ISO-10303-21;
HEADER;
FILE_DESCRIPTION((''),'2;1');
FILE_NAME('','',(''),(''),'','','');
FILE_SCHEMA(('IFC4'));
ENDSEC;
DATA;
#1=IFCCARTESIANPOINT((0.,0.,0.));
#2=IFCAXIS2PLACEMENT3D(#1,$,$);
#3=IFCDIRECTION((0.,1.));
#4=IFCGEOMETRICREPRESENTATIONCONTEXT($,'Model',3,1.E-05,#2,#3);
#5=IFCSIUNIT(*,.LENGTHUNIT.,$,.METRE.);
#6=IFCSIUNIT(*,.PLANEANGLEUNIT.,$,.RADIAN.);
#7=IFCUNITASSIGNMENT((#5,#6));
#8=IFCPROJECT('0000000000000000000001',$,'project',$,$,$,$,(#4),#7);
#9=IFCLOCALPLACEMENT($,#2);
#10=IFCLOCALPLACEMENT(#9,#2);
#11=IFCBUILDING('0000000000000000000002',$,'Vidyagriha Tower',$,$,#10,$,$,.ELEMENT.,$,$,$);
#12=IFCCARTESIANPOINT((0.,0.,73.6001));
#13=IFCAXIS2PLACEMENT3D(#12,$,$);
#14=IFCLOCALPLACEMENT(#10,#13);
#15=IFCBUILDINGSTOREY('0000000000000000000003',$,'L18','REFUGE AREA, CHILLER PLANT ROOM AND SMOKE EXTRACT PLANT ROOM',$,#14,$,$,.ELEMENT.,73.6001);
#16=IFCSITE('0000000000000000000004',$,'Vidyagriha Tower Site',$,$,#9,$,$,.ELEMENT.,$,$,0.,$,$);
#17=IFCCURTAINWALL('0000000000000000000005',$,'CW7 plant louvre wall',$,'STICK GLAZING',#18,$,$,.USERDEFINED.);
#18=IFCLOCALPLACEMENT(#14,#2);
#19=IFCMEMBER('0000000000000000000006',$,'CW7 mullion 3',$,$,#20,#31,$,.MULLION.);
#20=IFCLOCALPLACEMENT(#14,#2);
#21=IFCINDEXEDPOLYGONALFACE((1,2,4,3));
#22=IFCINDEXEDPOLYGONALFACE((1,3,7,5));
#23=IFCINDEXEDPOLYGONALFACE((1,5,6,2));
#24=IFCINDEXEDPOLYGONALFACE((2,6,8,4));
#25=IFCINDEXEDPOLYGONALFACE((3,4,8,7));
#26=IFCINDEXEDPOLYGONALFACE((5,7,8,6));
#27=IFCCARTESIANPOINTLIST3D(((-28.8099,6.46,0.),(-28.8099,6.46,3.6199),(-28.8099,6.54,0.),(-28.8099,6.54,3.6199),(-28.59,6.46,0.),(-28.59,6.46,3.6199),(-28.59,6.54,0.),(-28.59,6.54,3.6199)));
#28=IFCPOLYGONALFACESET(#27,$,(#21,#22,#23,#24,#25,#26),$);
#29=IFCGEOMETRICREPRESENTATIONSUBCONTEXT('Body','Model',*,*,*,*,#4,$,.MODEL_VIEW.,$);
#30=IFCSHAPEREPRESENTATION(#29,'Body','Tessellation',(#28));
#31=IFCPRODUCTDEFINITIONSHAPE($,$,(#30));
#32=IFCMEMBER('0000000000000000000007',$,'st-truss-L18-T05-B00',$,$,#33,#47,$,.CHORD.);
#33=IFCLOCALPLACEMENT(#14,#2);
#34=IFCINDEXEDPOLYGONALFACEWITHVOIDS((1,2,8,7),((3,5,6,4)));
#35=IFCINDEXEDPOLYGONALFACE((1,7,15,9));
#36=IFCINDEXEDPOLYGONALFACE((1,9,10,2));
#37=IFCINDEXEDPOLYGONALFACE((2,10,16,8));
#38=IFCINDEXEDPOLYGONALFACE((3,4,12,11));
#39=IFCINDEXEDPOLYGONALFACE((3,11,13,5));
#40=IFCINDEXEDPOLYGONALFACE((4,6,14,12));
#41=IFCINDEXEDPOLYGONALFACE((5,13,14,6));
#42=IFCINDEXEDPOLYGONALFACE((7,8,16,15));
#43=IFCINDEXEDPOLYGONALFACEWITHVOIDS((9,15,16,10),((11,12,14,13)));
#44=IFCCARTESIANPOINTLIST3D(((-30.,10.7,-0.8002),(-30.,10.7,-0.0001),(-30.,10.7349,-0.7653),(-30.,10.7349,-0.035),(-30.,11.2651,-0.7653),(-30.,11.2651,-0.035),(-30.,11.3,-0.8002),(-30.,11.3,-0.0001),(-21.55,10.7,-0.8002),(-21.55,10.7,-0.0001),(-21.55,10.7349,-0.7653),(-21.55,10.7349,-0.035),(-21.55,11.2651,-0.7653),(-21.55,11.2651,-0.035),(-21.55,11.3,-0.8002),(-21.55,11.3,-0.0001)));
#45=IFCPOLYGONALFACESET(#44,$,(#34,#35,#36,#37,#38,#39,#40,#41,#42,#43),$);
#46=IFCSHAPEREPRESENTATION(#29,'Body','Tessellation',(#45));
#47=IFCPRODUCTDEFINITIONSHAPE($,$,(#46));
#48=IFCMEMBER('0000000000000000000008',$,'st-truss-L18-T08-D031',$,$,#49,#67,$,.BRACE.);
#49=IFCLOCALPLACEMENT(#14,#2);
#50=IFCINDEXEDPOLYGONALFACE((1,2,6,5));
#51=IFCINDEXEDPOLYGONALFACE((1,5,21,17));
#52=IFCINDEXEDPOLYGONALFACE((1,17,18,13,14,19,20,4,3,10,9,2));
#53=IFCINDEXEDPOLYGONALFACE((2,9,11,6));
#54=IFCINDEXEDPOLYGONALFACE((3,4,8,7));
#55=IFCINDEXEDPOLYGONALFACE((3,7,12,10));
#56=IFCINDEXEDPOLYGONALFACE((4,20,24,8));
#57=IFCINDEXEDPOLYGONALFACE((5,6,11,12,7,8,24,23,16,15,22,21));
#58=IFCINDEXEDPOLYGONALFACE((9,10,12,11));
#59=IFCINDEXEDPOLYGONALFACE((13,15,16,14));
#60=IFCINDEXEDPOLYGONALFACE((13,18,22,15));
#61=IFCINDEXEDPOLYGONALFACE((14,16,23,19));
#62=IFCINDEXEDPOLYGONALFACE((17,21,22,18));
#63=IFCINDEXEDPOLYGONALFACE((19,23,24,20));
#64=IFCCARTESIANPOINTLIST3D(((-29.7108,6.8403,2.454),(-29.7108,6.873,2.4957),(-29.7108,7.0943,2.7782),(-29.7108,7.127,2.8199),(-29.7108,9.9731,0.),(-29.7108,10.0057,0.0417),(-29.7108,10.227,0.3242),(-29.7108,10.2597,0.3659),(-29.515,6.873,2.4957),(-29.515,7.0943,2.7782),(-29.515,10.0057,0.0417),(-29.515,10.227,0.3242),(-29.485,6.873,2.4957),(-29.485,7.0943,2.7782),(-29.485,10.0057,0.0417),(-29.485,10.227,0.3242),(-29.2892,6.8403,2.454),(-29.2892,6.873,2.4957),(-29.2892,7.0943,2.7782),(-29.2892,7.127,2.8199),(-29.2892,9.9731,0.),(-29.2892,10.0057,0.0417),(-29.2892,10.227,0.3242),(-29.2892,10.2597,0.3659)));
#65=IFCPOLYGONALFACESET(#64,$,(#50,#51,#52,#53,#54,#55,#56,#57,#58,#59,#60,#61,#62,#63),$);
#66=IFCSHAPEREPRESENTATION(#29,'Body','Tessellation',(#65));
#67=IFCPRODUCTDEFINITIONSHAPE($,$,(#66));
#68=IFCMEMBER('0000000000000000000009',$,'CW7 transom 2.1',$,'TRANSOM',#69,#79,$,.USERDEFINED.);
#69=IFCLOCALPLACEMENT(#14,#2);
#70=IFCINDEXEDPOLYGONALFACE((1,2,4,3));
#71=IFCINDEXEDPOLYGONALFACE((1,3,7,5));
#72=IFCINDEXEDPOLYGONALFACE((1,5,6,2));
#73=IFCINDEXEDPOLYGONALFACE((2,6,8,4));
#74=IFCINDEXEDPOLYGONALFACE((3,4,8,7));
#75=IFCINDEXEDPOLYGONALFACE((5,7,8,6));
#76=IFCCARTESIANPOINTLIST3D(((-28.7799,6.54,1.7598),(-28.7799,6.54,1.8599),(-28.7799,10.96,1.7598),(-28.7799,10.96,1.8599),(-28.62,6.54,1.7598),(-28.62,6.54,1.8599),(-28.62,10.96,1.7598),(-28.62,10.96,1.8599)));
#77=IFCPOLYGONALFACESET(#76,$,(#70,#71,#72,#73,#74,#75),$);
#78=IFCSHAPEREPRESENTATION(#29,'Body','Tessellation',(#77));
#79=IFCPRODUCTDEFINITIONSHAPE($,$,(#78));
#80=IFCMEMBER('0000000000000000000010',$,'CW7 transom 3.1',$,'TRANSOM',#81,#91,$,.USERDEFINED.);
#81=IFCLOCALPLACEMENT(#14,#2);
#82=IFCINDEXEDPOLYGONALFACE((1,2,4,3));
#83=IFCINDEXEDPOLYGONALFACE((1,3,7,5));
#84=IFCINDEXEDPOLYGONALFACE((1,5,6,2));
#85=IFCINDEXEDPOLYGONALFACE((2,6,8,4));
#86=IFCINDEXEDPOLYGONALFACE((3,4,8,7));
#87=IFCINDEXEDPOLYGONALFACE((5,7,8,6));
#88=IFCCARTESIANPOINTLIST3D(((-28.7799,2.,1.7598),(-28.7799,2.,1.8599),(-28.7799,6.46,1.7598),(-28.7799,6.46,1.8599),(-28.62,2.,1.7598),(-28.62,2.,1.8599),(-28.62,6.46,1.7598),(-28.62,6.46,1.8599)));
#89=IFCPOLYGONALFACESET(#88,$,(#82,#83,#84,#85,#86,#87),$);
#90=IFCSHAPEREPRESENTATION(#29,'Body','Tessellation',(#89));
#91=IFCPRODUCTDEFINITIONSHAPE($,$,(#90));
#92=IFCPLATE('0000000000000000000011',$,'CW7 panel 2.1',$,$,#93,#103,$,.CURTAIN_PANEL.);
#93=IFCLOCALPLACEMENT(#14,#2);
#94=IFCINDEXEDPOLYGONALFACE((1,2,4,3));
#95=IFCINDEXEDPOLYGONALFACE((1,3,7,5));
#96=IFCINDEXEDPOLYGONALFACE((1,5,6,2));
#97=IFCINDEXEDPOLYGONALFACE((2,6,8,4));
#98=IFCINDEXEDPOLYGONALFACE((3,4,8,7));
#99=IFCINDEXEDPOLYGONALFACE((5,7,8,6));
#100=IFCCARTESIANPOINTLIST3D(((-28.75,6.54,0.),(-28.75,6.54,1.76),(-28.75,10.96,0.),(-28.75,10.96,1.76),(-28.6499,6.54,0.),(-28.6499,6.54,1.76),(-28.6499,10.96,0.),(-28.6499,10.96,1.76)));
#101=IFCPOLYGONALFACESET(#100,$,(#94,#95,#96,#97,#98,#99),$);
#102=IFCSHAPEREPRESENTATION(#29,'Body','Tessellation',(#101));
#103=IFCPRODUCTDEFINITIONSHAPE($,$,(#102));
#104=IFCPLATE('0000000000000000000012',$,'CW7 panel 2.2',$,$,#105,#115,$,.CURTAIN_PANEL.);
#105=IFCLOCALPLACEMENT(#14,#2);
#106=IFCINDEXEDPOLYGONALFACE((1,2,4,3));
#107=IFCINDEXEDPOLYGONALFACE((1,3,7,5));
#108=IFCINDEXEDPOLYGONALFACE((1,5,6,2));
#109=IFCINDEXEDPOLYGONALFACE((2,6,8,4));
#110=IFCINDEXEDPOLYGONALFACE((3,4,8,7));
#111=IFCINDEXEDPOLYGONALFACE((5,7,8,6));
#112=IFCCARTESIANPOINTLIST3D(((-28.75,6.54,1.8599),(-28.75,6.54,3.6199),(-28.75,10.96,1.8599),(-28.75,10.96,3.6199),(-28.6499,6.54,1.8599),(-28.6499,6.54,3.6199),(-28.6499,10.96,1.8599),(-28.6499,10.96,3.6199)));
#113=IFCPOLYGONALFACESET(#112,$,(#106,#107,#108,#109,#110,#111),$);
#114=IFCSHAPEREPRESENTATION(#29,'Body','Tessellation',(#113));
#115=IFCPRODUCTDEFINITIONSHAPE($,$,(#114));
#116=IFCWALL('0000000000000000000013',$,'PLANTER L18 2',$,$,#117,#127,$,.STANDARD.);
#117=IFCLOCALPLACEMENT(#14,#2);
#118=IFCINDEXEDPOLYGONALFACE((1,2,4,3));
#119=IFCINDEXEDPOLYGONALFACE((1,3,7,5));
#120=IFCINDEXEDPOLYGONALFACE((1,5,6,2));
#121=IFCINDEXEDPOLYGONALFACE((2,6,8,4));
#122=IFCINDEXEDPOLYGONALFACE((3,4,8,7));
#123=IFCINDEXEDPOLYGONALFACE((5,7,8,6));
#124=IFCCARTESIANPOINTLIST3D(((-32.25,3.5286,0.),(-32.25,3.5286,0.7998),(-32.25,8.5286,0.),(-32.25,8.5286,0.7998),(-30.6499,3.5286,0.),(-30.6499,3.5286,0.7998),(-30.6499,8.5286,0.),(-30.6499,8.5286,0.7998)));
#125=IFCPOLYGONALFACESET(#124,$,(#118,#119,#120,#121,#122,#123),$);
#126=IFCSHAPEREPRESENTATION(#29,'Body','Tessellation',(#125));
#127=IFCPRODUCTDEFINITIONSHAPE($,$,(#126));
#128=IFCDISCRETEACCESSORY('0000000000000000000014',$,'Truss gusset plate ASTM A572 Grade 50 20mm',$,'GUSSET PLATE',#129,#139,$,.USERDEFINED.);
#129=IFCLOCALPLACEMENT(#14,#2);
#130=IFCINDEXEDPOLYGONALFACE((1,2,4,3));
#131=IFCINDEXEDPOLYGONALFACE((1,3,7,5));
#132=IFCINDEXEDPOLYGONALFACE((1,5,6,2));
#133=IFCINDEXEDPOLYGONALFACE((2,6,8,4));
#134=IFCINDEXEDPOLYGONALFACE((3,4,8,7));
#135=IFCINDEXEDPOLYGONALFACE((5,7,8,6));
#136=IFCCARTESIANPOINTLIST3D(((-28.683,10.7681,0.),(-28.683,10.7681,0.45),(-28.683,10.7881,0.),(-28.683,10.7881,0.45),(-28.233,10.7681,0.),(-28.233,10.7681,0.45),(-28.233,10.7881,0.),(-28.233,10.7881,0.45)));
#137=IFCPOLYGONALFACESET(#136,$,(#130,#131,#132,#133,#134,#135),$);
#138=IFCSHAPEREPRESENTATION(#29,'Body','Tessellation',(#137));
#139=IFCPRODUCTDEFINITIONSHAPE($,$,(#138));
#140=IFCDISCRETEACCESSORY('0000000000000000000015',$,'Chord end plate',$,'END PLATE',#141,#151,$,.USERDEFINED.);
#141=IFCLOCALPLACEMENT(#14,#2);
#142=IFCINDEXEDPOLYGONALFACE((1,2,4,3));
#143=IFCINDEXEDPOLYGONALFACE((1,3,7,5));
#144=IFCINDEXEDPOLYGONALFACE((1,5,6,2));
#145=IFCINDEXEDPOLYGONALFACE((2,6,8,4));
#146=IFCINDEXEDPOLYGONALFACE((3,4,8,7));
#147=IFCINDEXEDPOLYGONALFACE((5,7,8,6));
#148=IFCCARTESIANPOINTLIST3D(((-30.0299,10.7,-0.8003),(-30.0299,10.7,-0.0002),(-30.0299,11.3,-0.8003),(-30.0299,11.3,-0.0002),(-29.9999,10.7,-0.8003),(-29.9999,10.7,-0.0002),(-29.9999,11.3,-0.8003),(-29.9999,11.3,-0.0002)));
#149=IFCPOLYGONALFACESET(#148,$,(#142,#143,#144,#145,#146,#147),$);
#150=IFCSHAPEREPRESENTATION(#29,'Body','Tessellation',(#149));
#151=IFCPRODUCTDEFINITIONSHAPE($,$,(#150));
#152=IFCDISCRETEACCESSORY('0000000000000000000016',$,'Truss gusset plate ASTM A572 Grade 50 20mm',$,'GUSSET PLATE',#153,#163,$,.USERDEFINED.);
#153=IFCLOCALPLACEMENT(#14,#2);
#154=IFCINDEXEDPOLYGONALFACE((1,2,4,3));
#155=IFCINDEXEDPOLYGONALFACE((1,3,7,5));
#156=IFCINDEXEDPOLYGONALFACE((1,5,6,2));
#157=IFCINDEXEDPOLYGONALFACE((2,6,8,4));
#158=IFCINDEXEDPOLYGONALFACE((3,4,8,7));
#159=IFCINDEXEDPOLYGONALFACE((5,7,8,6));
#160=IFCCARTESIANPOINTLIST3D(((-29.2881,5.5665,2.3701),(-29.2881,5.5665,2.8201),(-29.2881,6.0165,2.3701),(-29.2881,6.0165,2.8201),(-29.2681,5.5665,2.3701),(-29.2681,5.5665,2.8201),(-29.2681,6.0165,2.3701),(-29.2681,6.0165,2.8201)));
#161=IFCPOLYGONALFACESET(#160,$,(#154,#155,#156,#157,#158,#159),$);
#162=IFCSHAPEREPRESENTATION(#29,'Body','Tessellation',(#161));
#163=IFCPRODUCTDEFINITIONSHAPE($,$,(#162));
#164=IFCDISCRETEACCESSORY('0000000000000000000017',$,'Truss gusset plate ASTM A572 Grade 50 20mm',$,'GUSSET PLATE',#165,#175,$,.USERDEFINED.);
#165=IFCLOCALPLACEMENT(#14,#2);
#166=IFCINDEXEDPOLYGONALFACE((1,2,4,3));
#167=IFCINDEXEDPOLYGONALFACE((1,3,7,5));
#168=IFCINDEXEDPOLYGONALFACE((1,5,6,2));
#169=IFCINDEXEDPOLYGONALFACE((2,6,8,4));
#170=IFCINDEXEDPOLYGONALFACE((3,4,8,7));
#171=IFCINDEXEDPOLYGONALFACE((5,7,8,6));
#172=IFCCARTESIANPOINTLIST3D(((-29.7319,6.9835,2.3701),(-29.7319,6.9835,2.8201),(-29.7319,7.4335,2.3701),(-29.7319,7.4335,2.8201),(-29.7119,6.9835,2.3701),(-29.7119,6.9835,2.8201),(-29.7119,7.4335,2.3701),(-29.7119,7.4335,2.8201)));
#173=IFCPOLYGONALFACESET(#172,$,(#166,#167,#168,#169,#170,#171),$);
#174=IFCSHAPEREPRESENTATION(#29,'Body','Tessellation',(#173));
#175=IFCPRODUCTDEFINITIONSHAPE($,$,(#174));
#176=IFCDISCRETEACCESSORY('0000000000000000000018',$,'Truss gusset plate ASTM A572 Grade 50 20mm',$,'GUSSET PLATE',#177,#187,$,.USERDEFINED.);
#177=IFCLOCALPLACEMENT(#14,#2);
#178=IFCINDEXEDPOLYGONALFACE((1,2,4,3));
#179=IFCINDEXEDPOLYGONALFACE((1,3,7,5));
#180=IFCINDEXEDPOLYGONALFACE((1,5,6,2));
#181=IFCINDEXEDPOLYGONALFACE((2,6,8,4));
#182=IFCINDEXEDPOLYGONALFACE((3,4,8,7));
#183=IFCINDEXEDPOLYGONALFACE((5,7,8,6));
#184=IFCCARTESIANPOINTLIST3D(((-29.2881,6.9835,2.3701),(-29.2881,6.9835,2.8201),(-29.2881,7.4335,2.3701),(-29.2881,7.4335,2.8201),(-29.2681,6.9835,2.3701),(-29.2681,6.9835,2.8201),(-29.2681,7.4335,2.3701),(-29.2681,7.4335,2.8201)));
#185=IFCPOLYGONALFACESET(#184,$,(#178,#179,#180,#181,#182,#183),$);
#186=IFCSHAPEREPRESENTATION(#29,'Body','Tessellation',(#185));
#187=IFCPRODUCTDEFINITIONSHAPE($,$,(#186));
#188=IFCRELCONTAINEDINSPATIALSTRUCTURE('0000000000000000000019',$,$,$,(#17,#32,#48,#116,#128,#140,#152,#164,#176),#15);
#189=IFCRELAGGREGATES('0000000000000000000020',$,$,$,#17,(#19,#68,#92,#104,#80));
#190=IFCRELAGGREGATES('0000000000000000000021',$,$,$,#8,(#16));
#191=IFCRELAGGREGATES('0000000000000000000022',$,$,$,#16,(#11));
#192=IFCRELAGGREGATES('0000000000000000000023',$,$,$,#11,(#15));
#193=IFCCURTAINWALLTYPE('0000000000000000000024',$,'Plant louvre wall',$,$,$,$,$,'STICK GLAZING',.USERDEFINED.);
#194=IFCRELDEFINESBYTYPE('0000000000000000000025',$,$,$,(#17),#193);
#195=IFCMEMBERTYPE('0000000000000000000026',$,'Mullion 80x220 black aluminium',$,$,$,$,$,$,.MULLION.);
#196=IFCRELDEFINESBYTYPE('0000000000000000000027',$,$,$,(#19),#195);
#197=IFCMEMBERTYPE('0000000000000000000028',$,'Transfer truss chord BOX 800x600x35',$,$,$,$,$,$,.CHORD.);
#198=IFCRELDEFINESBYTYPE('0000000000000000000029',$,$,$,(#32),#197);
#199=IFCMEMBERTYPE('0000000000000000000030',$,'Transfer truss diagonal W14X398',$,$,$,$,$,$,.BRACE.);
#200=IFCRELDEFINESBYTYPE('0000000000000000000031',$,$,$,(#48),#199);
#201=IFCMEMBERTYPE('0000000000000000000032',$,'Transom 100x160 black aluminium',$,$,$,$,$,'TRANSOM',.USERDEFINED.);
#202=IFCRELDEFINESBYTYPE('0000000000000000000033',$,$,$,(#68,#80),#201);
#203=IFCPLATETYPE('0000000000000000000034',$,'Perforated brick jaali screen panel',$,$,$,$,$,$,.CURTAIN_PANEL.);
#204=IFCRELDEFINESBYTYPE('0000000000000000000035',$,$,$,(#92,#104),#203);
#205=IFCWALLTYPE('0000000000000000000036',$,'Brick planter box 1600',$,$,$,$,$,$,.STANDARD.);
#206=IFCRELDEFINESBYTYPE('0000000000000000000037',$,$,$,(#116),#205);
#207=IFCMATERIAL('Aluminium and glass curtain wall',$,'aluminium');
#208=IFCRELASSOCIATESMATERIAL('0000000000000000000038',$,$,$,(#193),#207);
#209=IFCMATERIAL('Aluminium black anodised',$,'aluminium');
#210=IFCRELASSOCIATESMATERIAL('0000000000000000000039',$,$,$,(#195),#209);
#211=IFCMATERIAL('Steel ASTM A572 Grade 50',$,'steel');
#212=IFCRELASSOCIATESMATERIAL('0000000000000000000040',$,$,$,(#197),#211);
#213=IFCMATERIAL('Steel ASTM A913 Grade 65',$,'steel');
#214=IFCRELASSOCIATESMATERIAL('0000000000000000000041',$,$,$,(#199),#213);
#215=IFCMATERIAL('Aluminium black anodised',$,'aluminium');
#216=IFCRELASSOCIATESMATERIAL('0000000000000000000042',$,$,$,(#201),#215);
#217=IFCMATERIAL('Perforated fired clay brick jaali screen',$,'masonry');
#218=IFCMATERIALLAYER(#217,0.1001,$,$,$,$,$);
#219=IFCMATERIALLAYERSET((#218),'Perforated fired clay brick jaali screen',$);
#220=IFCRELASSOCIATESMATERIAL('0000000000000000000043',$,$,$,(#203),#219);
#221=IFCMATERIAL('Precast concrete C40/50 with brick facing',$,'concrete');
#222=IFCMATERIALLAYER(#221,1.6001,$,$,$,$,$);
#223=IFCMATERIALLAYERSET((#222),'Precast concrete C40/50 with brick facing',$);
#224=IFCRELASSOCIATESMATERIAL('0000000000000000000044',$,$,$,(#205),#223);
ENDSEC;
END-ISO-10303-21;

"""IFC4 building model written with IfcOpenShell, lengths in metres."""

from ifc_helpers import new_model, si_unit, direction, frame, frame_2d, origin, origin_2d, place, context, subcontext, project, spatial, rectangle, hollow_rectangle, i_section, extrude, material, layer, layer_set, material_profile, profile_set, type_object, element, aggregate, save


model = new_model("IFC4")

# Units and contexts
model_context = context("Model", 3, precision=1e-05, world=origin(), true_north=direction((0.0, 1.0)))
body_context = subcontext(model_context, "Body", "Model", "MODEL_VIEW")
ifc_project = project(units=[si_unit("LENGTHUNIT", "METRE"), si_unit("PLANEANGLEUNIT", "RADIAN")], contexts=[model_context])

# Site, building, storey
site_placement = place(None, origin())
site = spatial("IfcSite", under=ifc_project, at=site_placement, Name="Vidyagriha Tower Site", CompositionType="ELEMENT", RefElevation=0.0)
building_placement = place(site_placement, origin())
building = spatial("IfcBuilding", under=site, at=building_placement, Name="Vidyagriha Tower", CompositionType="ELEMENT")
storey_placement = place(building_placement, frame((0.0, 0.0, 73.6001)))
storey = spatial("IfcBuildingStorey", under=building, at=storey_placement, Name="L18", Description="REFUGE AREA, CHILLER PLANT ROOM AND SMOKE EXTRACT PLANT ROOM", CompositionType="ELEMENT", Elevation=73.6001)

# Curtain wall, member
ifc_material_1 = material(Name="Aluminium and glass curtain wall", Category="aluminium")
curtain_wall_type = type_object("IfcCurtainWallType", Name="Plant louvre wall", ElementType="STICK GLAZING", PredefinedType="USERDEFINED", material=ifc_material_1)
curtain_wall_placement = place(storey_placement, origin())
curtain_wall = element("IfcCurtainWall", 1, at=curtain_wall_placement, inside=storey, type_object=curtain_wall_type, Name="CW7 plant louvre wall", ObjectType="STICK GLAZING", PredefinedType="USERDEFINED")
ifc_material_2 = material(Name="Aluminium black anodised", Category="aluminium")
ifc_material_profile_1 = material_profile(ifc_material_2, rectangle(XDim=0.22, YDim=0.0801, at=origin_2d()), Name="Mullion 80x220 black aluminium")
ifc_profile_set_1 = profile_set([ifc_material_profile_1], Name="Aluminium black anodised")
member_type_1 = type_object("IfcMemberType", Name="Mullion 80x220 black aluminium", PredefinedType="MULLION", material=ifc_profile_set_1)
member_1_placement = place(storey_placement, frame((-28.7, 6.5, 0.0)))
member_1 = element("IfcMember", 2, at=member_1_placement, type_object=member_type_1, Name="CW7 mullion 3", PredefinedType="MULLION", context=body_context, shape_type="SweptSolid", body=[
    extrude(rectangle(XDim=0.22, YDim=0.0801, at=origin_2d()), origin(), (0.0, 0.0, 1.0), 3.6199),
])

# Members
ifc_material_3 = material(Name="Steel ASTM A572 Grade 50", Category="steel")
ifc_material_profile_2 = material_profile(ifc_material_3, hollow_rectangle(XDim=0.6001, YDim=0.8, WallThickness=0.0349, at=origin_2d()), Name="BOX 800x600x35")
ifc_profile_set_2 = profile_set([ifc_material_profile_2], Name="Steel ASTM A572 Grade 50")
member_type_2 = type_object("IfcMemberType", Name="Transfer truss chord BOX 800x600x35", PredefinedType="CHORD", material=ifc_profile_set_2)
member_2_placement = place(storey_placement, frame((-30.0, 11.0, -0.4001), z_axis=(1.0, 0.0, 0.0), x_axis=(0.0, 1.0, 0.0)))
element("IfcMember", 3, at=member_2_placement, inside=storey, type_object=member_type_2, Name="st-truss-L18-T05-B00", PredefinedType="CHORD", context=body_context, shape_type="SweptSolid", body=[
    extrude(hollow_rectangle(XDim=0.6001, YDim=0.8, WallThickness=0.0349, at=origin_2d()), origin(), (0.0, 0.0, 1.0), 8.45),
])
ifc_material_4 = material(Name="Steel ASTM A913 Grade 65", Category="steel")
ifc_material_profile_3 = material_profile(ifc_material_4, i_section(OverallWidth=0.4216, OverallDepth=0.4648, WebThickness=0.03, FlangeThickness=0.053, at=origin_2d()), Name="W14X398")
ifc_profile_set_3 = profile_set([ifc_material_profile_3], Name="Steel ASTM A913 Grade 65")
member_type_3 = type_object("IfcMemberType", Name="Transfer truss diagonal W14X398", PredefinedType="BRACE", material=ifc_profile_set_3)
member_3_placement = place(storey_placement, frame((-29.5, 6.9836, 2.637), z_axis=(0.0, 0.78722, -0.616672), x_axis=(-1.0, 0.0, 0.0)))
element("IfcMember", 4, at=member_3_placement, inside=storey, type_object=member_type_3, Name="st-truss-L18-T08-D031", PredefinedType="BRACE", context=body_context, shape_type="SweptSolid", body=[
    extrude(i_section(OverallWidth=0.4216, OverallDepth=0.4648, WebThickness=0.03, FlangeThickness=0.053, at=origin_2d()), origin(), (0.0, 0.0, 1.0), 3.9795),
])

# Members
ifc_material_5 = material(Name="Aluminium black anodised", Category="aluminium")
ifc_material_profile_4 = material_profile(ifc_material_5, rectangle(XDim=0.1599, YDim=0.1001, at=origin_2d()), Name="Transom 100x160 black aluminium")
ifc_profile_set_4 = profile_set([ifc_material_profile_4], Name="Aluminium black anodised")
member_type_4 = type_object("IfcMemberType", Name="Transom 100x160 black aluminium", ElementType="TRANSOM", PredefinedType="USERDEFINED", material=ifc_profile_set_4)
member_4_placement = place(storey_placement, frame((-28.7, 10.96, 1.8098), z_axis=(0.0, -1.0, 0.0), x_axis=(1.0, 0.0, 0.0)))
member_4 = element("IfcMember", 5, at=member_4_placement, type_object=member_type_4, Name="CW7 transom 2.1", ObjectType="TRANSOM", PredefinedType="USERDEFINED", context=body_context, shape_type="SweptSolid", body=[
    extrude(rectangle(XDim=0.1599, YDim=0.1001, at=origin_2d()), origin(), (0.0, 0.0, 1.0), 4.4199),
])
member_5_placement = place(storey_placement, frame((-28.7, 6.46, 1.8098), z_axis=(0.0, -1.0, 0.0), x_axis=(1.0, 0.0, 0.0)))
member_5 = element("IfcMember", 6, at=member_5_placement, type_object=member_type_4, Name="CW7 transom 3.1", ObjectType="TRANSOM", PredefinedType="USERDEFINED", context=body_context, shape_type="SweptSolid", body=[
    extrude(rectangle(XDim=0.1599, YDim=0.1001, at=origin_2d()), origin(), (0.0, 0.0, 1.0), 4.46),
])

# Plates
ifc_material_6 = material(Name="Perforated fired clay brick jaali screen", Category="masonry")
ifc_layer_1 = layer(ifc_material_6, 0.1001)
ifc_layer_set_1 = layer_set([ifc_layer_1], Name="Perforated fired clay brick jaali screen")
plate_type = type_object("IfcPlateType", Name="Perforated brick jaali screen panel", PredefinedType="CURTAIN_PANEL", material=ifc_layer_set_1)
plate_1_placement = place(storey_placement, frame((-28.7, 8.75, 0.0), z_axis=(0.0, 0.0, 1.0), x_axis=(0.0, -1.0, 0.0)))
plate_1 = element("IfcPlate", 7, at=plate_1_placement, type_object=plate_type, Name="CW7 panel 2.1", PredefinedType="CURTAIN_PANEL", context=body_context, shape_type="SweptSolid", body=[
    extrude(rectangle(XDim=4.4199, YDim=0.1001, at=origin_2d()), origin(), (0.0, 0.0, 1.0), 1.76),
])
plate_2_placement = place(storey_placement, frame((-28.7, 8.75, 1.8599), z_axis=(0.0, 0.0, 1.0), x_axis=(0.0, -1.0, 0.0)))
plate_2 = element("IfcPlate", 8, at=plate_2_placement, type_object=plate_type, Name="CW7 panel 2.2", PredefinedType="CURTAIN_PANEL", context=body_context, shape_type="SweptSolid", body=[
    extrude(rectangle(XDim=4.4199, YDim=0.1001, at=origin_2d()), origin(), (0.0, 0.0, 1.0), 1.76),
])
aggregate(curtain_wall, [member_1, member_4, plate_1, plate_2, member_5])

# Wall
ifc_material_7 = material(Name="Precast concrete C40/50 with brick facing", Category="concrete")
ifc_layer_2 = layer(ifc_material_7, 1.6001)
ifc_layer_set_2 = layer_set([ifc_layer_2], Name="Precast concrete C40/50 with brick facing")
wall_type = type_object("IfcWallType", Name="Brick planter box 1600", PredefinedType="STANDARD", material=ifc_layer_set_2)
wall_placement = place(storey_placement, frame((-31.45, 8.5286, 0.0), z_axis=(0.0, 0.0, 1.0), x_axis=(0.0, -1.0, 0.0)))
element("IfcWall", 9, at=wall_placement, inside=storey, type_object=wall_type, Name="PLANTER L18 2", PredefinedType="STANDARD", context=body_context, shape_type="SweptSolid", body=[
    extrude(rectangle(XDim=5.0, YDim=1.6001, at=frame_2d((2.5, 0.0))), origin(), (0.0, 0.0, 1.0), 0.7998),
])

# Discrete accessories
discrete_accessory_1_placement = place(storey_placement, frame((-28.458, 10.7781, 0.0)))
element("IfcDiscreteAccessory", 10, at=discrete_accessory_1_placement, inside=storey, Name="Truss gusset plate ASTM A572 Grade 50 20mm", ObjectType="GUSSET PLATE", PredefinedType="USERDEFINED", context=body_context, shape_type="SweptSolid", body=[
    extrude(rectangle(XDim=0.45, YDim=0.02, at=origin_2d()), origin(), (0.0, 0.0, 1.0), 0.45),
])
discrete_accessory_2_placement = place(storey_placement, frame((-30.0149, 11.0, -0.8003), z_axis=(0.0, 0.0, 1.0), x_axis=(-1.0, 0.0, 0.0)))
element("IfcDiscreteAccessory", 11, at=discrete_accessory_2_placement, inside=storey, Name="Chord end plate", ObjectType="END PLATE", PredefinedType="USERDEFINED", context=body_context, shape_type="SweptSolid", body=[
    extrude(rectangle(XDim=0.03, YDim=0.6001, at=origin_2d()), origin(), (0.0, 0.0, 1.0), 0.8),
])
for number, where, z_axis, x_axis, name in (
    (12, (-29.2781, 5.7915, 2.3701), (0.0, 0.0, 1.0), (0.0, 1.0, 0.0), "Truss gusset plate ASTM A572 Grade 50 20mm"),
    (13, (-29.7219, 7.2085, 2.3701), (0.0, 0.0, 1.0), (0.0, 1.0, 0.0), "Truss gusset plate ASTM A572 Grade 50 20mm"),
    (14, (-29.2781, 7.2085, 2.3701), (0.0, 0.0, 1.0), (0.0, 1.0, 0.0), "Truss gusset plate ASTM A572 Grade 50 20mm"),
):
    element("IfcDiscreteAccessory", number, at=place(storey_placement, frame(where, z_axis=z_axis, x_axis=x_axis)), inside=storey, Name=name, ObjectType="GUSSET PLATE", PredefinedType="USERDEFINED", context=body_context, shape_type="SweptSolid", body=[
        extrude(rectangle(XDim=0.45, YDim=0.02, at=origin_2d()), origin(), (0.0, 0.0, 1.0), 0.45),
    ])

save(model, "model.ifc")
